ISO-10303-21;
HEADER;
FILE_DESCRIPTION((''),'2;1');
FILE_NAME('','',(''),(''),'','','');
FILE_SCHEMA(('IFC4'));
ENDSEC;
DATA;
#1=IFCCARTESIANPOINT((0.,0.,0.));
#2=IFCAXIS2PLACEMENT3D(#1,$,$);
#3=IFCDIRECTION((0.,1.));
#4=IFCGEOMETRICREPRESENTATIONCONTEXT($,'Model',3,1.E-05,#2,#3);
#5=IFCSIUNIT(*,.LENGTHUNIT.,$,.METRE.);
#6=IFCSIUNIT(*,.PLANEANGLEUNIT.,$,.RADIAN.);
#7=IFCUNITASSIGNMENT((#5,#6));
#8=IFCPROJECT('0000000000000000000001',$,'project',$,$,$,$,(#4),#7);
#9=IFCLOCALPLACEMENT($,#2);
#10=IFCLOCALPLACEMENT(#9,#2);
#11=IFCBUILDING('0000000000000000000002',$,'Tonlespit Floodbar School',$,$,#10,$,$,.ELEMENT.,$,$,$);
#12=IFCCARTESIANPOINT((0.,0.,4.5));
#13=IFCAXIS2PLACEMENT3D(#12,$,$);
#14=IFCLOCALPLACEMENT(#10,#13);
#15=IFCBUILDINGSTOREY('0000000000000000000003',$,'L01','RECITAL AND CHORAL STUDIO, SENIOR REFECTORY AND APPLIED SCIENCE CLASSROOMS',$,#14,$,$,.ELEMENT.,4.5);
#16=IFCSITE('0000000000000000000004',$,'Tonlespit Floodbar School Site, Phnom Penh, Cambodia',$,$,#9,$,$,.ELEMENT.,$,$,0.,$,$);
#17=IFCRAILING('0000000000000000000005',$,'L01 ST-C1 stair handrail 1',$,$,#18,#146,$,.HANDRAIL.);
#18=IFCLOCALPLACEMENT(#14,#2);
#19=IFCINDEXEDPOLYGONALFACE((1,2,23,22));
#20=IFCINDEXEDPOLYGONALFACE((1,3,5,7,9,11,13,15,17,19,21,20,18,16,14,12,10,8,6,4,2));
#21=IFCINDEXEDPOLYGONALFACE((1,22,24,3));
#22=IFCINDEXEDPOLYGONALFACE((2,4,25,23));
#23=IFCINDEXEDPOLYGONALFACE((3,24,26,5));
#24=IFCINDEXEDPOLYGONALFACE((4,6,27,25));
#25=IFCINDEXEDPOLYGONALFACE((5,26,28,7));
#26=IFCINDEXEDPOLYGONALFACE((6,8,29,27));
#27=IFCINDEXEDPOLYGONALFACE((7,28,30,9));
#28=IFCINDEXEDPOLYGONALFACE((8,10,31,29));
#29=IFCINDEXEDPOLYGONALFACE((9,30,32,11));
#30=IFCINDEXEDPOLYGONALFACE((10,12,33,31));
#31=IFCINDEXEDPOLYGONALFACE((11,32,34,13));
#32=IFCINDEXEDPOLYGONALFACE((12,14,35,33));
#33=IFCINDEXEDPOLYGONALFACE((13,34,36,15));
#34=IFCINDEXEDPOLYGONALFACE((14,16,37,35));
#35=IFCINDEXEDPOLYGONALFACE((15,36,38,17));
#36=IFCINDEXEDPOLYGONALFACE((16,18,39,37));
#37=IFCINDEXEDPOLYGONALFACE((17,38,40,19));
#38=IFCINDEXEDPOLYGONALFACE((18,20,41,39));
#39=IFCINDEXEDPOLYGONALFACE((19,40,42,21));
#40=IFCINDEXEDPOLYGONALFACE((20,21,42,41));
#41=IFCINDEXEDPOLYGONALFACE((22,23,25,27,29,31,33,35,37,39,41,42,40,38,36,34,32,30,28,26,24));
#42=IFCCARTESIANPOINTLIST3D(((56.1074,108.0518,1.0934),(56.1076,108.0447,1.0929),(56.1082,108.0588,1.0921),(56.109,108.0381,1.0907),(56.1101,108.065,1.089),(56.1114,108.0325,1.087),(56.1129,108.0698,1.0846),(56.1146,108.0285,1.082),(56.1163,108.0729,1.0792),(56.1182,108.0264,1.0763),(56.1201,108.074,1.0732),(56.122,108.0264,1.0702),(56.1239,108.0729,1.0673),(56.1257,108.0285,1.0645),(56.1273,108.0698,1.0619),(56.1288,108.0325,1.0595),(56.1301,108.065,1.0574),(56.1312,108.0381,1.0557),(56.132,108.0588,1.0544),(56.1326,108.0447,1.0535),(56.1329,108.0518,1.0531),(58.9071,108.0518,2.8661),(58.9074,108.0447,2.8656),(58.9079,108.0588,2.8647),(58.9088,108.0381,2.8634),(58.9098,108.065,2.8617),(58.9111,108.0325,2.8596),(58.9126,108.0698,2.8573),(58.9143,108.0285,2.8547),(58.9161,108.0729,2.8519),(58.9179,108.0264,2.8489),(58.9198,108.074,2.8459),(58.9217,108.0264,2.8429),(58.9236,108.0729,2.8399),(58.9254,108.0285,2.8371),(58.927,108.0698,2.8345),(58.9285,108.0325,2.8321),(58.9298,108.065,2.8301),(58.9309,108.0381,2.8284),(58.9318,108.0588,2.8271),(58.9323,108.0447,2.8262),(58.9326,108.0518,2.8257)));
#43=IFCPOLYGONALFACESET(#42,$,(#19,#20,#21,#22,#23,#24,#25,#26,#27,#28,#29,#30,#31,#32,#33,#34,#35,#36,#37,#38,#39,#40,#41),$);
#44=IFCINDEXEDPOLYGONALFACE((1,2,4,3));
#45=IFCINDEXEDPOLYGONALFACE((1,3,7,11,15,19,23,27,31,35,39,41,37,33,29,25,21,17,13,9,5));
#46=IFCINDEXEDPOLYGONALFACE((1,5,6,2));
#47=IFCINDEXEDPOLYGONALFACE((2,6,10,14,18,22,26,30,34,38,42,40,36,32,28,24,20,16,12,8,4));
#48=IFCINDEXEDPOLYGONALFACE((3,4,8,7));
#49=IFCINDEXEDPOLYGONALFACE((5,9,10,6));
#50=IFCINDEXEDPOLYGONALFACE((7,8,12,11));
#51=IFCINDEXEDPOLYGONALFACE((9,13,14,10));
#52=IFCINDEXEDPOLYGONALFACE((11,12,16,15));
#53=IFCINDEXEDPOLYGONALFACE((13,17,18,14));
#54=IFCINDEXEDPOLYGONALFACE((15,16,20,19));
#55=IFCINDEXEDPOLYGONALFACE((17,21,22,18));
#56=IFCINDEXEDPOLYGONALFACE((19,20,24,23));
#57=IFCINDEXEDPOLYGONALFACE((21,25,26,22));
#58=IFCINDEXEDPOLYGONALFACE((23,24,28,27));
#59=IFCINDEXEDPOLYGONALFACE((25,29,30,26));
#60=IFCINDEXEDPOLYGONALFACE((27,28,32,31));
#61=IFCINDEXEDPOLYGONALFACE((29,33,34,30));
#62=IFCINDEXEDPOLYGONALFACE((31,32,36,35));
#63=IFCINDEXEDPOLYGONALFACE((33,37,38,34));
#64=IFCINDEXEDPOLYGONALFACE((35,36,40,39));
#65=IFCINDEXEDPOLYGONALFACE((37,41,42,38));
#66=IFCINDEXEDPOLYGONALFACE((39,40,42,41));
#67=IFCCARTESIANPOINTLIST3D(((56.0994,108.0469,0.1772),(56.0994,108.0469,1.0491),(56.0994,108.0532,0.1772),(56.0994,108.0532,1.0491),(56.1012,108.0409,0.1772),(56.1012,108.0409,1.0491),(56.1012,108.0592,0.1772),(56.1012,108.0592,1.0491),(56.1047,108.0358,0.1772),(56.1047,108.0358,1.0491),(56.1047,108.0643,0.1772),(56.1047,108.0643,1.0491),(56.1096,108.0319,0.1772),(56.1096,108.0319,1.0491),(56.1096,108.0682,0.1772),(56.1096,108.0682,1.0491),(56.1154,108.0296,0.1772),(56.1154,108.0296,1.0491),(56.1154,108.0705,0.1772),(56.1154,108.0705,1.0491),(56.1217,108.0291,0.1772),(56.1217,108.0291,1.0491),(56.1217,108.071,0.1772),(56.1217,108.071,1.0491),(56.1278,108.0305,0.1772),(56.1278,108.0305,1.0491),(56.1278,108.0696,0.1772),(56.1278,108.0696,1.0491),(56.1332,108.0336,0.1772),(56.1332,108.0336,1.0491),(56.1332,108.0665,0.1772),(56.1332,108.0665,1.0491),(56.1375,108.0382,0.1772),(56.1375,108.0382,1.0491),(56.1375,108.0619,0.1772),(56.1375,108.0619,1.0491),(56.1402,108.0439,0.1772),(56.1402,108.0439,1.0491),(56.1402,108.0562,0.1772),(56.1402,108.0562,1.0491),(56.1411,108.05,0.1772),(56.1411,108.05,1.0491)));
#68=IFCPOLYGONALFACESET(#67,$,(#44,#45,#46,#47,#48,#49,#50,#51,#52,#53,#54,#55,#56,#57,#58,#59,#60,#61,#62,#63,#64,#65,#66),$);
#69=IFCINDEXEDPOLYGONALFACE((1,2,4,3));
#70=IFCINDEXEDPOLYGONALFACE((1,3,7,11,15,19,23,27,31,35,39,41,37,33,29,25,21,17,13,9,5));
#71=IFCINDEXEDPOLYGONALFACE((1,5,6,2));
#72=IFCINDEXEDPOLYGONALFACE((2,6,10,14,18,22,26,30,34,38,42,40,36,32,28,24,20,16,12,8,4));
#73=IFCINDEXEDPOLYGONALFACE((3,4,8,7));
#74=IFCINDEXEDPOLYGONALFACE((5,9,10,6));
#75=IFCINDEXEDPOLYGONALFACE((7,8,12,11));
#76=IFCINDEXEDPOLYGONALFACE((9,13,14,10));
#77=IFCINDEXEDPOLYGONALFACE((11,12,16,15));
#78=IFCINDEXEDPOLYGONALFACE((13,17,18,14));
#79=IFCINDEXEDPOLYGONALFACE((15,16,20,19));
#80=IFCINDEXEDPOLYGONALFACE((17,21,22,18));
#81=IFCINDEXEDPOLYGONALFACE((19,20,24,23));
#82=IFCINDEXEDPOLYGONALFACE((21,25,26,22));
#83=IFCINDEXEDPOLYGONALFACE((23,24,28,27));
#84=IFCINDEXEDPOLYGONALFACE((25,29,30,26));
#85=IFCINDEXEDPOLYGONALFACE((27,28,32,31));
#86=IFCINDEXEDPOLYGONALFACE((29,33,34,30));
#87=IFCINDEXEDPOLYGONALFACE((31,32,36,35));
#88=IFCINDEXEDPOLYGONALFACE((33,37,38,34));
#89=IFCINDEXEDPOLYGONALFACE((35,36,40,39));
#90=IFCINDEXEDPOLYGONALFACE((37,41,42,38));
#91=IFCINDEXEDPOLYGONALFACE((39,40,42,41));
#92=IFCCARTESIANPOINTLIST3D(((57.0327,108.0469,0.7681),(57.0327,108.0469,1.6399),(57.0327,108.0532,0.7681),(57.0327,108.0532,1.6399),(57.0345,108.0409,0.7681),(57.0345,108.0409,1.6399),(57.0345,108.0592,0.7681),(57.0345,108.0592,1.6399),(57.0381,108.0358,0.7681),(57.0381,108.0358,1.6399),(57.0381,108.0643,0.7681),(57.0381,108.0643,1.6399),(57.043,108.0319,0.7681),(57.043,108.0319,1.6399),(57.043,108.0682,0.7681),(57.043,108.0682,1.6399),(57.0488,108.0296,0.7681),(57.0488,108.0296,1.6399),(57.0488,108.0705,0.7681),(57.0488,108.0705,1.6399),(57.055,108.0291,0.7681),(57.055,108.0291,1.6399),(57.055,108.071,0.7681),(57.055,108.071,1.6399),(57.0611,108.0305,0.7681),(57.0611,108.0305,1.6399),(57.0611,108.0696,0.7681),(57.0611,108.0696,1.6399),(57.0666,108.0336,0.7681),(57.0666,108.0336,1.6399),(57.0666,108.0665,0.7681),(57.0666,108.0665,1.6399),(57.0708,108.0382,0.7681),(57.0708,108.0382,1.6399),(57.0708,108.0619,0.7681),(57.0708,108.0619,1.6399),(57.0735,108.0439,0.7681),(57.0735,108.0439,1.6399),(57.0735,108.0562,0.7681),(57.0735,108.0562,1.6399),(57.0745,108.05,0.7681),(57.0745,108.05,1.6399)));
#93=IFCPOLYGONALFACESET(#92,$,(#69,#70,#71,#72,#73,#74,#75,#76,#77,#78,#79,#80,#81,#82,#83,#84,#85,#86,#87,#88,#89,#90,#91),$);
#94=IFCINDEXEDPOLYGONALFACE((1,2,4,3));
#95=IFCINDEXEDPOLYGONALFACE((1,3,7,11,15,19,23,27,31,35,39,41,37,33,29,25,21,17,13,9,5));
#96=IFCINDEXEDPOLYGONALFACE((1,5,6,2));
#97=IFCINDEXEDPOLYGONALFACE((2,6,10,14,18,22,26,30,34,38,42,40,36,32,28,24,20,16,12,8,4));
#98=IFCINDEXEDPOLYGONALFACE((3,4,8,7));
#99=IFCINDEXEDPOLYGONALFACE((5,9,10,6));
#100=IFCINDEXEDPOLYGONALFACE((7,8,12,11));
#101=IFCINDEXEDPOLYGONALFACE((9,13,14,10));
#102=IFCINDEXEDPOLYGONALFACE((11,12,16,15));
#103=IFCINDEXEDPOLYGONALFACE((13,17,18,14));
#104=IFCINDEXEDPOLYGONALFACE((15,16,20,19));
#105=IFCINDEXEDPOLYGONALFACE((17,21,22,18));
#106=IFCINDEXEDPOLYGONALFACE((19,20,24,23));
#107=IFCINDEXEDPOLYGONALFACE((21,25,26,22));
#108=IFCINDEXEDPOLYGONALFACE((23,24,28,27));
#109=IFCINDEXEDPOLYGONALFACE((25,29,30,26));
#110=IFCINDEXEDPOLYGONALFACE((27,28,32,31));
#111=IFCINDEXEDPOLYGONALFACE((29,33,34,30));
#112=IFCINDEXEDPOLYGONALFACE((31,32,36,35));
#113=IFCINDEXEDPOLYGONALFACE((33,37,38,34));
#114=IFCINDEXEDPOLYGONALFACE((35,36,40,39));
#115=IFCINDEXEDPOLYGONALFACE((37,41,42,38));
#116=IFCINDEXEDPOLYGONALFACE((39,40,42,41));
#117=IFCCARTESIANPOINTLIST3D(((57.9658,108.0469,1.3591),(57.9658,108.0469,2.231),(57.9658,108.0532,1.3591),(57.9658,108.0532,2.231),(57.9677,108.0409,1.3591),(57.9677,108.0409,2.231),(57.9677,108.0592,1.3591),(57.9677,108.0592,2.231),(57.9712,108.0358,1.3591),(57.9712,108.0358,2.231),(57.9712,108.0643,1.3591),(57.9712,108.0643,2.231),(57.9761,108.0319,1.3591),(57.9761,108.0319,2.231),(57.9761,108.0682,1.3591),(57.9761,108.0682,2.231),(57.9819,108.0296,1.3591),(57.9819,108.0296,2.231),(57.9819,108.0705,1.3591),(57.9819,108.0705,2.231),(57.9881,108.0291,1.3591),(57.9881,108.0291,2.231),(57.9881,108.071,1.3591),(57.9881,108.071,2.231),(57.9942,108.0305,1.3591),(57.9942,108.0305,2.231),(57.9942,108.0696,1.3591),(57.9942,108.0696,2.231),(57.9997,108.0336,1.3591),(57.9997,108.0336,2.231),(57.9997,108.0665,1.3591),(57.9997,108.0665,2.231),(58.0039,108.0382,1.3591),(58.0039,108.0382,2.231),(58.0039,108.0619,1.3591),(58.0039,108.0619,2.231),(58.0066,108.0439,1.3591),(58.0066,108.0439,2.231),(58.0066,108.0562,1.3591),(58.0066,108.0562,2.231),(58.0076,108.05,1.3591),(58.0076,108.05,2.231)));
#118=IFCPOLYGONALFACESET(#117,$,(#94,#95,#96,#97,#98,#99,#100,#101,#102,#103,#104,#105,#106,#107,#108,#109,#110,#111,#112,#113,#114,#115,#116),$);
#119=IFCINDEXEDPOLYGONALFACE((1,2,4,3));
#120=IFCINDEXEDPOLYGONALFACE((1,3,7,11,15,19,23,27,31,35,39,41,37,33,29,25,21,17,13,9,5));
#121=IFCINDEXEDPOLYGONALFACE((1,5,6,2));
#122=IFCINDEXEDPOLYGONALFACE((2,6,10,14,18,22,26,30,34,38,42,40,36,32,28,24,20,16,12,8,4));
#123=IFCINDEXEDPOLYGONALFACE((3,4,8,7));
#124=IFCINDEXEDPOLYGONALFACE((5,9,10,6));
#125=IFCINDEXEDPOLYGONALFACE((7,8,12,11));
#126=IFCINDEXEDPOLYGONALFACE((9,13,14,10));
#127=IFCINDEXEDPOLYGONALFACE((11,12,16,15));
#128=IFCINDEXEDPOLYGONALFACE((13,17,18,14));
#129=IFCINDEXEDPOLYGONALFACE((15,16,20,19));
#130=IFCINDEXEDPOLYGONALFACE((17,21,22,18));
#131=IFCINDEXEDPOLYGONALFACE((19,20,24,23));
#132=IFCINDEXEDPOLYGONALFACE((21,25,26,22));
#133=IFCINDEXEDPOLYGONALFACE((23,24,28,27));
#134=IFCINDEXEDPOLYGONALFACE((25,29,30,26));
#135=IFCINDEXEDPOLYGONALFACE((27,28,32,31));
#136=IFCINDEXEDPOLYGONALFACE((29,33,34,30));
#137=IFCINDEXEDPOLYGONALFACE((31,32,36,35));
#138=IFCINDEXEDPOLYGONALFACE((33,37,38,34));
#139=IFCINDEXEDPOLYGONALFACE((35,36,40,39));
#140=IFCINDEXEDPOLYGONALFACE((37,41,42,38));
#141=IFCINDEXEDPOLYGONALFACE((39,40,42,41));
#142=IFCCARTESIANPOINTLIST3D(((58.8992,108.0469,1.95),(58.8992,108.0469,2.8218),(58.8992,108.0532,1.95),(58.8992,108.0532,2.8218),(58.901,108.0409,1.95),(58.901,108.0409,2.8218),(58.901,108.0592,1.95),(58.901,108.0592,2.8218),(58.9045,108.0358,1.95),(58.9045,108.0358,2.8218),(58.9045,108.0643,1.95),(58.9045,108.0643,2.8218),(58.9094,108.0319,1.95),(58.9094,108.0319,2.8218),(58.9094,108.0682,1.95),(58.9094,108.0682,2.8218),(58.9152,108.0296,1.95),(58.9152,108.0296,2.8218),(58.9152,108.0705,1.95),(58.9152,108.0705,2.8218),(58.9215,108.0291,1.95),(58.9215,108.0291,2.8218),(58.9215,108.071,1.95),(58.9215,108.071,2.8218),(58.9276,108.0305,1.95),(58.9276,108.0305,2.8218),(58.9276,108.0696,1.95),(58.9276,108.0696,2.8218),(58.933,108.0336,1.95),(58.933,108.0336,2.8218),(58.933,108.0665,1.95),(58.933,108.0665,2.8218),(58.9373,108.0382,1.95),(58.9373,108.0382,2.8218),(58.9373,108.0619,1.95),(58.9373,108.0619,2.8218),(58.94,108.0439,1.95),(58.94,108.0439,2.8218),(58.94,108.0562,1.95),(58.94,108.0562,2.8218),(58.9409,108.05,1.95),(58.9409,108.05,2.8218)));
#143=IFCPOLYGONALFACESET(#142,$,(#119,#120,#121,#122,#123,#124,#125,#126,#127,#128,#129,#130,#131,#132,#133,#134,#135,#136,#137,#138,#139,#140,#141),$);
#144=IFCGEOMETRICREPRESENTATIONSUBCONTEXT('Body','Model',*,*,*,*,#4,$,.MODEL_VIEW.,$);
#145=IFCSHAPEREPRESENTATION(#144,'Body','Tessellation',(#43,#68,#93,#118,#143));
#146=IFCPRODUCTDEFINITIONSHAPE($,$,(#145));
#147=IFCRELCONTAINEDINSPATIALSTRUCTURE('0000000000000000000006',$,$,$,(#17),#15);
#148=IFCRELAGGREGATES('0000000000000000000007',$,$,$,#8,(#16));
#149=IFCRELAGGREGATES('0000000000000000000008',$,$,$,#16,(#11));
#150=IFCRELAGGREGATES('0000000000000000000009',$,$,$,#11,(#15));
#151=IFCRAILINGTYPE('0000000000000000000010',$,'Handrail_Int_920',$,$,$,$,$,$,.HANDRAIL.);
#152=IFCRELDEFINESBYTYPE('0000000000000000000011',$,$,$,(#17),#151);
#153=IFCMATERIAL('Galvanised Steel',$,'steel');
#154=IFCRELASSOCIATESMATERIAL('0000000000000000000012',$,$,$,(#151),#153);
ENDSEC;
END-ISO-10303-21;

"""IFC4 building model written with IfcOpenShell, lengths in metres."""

from ifc_helpers import new_model, si_unit, direction, frame, origin, origin_2d, place, context, subcontext, project, spatial, circle, extrude, material, type_object, element, save


model = new_model("IFC4")

# Units and contexts
model_context = context("Model", 3, precision=1e-05, world=origin(), true_north=direction((0.0, 1.0)))
body_context = subcontext(model_context, "Body", "Model", "MODEL_VIEW")
ifc_project = project(units=[si_unit("LENGTHUNIT", "METRE"), si_unit("PLANEANGLEUNIT", "RADIAN")], contexts=[model_context])

# Site, building, storey
site_placement = place(None, origin())
site = spatial("IfcSite", under=ifc_project, at=site_placement, Name="Tonlespit Floodbar School Site, Phnom Penh, Cambodia", CompositionType="ELEMENT", RefElevation=0.0)
building_placement = place(site_placement, origin())
building = spatial("IfcBuilding", under=site, at=building_placement, Name="Tonlespit Floodbar School", CompositionType="ELEMENT")
storey_placement = place(building_placement, frame((0.0, 0.0, 4.5)))
storey = spatial("IfcBuildingStorey", under=building, at=storey_placement, Name="L01", Description="RECITAL AND CHORAL STUDIO, SENIOR REFECTORY AND APPLIED SCIENCE CLASSROOMS", CompositionType="ELEMENT", Elevation=4.5)

# Shared definitions
ifc_material_1 = material(Name="Galvanised Steel", Category="steel")

# Railing
railing_type_1 = type_object("IfcRailingType", Name="Handrail_Int_920", PredefinedType="HANDRAIL", material=ifc_material_1)
railing_1_placement = place(storey_placement, frame((56.1201, 108.05, 0.1772)))
element("IfcRailing", 1, at=railing_1_placement, inside=storey, type_object=railing_type_1, Name="L01 ST-C1 stair handrail 1", PredefinedType="HANDRAIL", context=body_context, shape_type="SweptSolid", body=[
    extrude(circle(Radius=0.0239, at=origin_2d()), frame((0.0, 0.0, 0.896), z_axis=(0.844888, 0.0, 0.534943), x_axis=(0.0, 1.0, 0.0)), (0.0, 0.0, 1.0), 3.3137),
    extrude(circle(Radius=0.021, at=origin_2d()), origin(), (0.0, 0.0, 1.0), 0.8718),
    extrude(circle(Radius=0.021, at=origin_2d()), frame((0.9333, 0.0, 0.5908)), (0.0, 0.0, 1.0), 0.8718),
    extrude(circle(Radius=0.021, at=origin_2d()), frame((1.8665, 0.0, 1.1819)), (0.0, 0.0, 1.0), 0.8718),
    extrude(circle(Radius=0.021, at=origin_2d()), frame((2.7998, 0.0, 1.7727)), (0.0, 0.0, 1.0), 0.8718),
])

save(model, "model.ifc")
